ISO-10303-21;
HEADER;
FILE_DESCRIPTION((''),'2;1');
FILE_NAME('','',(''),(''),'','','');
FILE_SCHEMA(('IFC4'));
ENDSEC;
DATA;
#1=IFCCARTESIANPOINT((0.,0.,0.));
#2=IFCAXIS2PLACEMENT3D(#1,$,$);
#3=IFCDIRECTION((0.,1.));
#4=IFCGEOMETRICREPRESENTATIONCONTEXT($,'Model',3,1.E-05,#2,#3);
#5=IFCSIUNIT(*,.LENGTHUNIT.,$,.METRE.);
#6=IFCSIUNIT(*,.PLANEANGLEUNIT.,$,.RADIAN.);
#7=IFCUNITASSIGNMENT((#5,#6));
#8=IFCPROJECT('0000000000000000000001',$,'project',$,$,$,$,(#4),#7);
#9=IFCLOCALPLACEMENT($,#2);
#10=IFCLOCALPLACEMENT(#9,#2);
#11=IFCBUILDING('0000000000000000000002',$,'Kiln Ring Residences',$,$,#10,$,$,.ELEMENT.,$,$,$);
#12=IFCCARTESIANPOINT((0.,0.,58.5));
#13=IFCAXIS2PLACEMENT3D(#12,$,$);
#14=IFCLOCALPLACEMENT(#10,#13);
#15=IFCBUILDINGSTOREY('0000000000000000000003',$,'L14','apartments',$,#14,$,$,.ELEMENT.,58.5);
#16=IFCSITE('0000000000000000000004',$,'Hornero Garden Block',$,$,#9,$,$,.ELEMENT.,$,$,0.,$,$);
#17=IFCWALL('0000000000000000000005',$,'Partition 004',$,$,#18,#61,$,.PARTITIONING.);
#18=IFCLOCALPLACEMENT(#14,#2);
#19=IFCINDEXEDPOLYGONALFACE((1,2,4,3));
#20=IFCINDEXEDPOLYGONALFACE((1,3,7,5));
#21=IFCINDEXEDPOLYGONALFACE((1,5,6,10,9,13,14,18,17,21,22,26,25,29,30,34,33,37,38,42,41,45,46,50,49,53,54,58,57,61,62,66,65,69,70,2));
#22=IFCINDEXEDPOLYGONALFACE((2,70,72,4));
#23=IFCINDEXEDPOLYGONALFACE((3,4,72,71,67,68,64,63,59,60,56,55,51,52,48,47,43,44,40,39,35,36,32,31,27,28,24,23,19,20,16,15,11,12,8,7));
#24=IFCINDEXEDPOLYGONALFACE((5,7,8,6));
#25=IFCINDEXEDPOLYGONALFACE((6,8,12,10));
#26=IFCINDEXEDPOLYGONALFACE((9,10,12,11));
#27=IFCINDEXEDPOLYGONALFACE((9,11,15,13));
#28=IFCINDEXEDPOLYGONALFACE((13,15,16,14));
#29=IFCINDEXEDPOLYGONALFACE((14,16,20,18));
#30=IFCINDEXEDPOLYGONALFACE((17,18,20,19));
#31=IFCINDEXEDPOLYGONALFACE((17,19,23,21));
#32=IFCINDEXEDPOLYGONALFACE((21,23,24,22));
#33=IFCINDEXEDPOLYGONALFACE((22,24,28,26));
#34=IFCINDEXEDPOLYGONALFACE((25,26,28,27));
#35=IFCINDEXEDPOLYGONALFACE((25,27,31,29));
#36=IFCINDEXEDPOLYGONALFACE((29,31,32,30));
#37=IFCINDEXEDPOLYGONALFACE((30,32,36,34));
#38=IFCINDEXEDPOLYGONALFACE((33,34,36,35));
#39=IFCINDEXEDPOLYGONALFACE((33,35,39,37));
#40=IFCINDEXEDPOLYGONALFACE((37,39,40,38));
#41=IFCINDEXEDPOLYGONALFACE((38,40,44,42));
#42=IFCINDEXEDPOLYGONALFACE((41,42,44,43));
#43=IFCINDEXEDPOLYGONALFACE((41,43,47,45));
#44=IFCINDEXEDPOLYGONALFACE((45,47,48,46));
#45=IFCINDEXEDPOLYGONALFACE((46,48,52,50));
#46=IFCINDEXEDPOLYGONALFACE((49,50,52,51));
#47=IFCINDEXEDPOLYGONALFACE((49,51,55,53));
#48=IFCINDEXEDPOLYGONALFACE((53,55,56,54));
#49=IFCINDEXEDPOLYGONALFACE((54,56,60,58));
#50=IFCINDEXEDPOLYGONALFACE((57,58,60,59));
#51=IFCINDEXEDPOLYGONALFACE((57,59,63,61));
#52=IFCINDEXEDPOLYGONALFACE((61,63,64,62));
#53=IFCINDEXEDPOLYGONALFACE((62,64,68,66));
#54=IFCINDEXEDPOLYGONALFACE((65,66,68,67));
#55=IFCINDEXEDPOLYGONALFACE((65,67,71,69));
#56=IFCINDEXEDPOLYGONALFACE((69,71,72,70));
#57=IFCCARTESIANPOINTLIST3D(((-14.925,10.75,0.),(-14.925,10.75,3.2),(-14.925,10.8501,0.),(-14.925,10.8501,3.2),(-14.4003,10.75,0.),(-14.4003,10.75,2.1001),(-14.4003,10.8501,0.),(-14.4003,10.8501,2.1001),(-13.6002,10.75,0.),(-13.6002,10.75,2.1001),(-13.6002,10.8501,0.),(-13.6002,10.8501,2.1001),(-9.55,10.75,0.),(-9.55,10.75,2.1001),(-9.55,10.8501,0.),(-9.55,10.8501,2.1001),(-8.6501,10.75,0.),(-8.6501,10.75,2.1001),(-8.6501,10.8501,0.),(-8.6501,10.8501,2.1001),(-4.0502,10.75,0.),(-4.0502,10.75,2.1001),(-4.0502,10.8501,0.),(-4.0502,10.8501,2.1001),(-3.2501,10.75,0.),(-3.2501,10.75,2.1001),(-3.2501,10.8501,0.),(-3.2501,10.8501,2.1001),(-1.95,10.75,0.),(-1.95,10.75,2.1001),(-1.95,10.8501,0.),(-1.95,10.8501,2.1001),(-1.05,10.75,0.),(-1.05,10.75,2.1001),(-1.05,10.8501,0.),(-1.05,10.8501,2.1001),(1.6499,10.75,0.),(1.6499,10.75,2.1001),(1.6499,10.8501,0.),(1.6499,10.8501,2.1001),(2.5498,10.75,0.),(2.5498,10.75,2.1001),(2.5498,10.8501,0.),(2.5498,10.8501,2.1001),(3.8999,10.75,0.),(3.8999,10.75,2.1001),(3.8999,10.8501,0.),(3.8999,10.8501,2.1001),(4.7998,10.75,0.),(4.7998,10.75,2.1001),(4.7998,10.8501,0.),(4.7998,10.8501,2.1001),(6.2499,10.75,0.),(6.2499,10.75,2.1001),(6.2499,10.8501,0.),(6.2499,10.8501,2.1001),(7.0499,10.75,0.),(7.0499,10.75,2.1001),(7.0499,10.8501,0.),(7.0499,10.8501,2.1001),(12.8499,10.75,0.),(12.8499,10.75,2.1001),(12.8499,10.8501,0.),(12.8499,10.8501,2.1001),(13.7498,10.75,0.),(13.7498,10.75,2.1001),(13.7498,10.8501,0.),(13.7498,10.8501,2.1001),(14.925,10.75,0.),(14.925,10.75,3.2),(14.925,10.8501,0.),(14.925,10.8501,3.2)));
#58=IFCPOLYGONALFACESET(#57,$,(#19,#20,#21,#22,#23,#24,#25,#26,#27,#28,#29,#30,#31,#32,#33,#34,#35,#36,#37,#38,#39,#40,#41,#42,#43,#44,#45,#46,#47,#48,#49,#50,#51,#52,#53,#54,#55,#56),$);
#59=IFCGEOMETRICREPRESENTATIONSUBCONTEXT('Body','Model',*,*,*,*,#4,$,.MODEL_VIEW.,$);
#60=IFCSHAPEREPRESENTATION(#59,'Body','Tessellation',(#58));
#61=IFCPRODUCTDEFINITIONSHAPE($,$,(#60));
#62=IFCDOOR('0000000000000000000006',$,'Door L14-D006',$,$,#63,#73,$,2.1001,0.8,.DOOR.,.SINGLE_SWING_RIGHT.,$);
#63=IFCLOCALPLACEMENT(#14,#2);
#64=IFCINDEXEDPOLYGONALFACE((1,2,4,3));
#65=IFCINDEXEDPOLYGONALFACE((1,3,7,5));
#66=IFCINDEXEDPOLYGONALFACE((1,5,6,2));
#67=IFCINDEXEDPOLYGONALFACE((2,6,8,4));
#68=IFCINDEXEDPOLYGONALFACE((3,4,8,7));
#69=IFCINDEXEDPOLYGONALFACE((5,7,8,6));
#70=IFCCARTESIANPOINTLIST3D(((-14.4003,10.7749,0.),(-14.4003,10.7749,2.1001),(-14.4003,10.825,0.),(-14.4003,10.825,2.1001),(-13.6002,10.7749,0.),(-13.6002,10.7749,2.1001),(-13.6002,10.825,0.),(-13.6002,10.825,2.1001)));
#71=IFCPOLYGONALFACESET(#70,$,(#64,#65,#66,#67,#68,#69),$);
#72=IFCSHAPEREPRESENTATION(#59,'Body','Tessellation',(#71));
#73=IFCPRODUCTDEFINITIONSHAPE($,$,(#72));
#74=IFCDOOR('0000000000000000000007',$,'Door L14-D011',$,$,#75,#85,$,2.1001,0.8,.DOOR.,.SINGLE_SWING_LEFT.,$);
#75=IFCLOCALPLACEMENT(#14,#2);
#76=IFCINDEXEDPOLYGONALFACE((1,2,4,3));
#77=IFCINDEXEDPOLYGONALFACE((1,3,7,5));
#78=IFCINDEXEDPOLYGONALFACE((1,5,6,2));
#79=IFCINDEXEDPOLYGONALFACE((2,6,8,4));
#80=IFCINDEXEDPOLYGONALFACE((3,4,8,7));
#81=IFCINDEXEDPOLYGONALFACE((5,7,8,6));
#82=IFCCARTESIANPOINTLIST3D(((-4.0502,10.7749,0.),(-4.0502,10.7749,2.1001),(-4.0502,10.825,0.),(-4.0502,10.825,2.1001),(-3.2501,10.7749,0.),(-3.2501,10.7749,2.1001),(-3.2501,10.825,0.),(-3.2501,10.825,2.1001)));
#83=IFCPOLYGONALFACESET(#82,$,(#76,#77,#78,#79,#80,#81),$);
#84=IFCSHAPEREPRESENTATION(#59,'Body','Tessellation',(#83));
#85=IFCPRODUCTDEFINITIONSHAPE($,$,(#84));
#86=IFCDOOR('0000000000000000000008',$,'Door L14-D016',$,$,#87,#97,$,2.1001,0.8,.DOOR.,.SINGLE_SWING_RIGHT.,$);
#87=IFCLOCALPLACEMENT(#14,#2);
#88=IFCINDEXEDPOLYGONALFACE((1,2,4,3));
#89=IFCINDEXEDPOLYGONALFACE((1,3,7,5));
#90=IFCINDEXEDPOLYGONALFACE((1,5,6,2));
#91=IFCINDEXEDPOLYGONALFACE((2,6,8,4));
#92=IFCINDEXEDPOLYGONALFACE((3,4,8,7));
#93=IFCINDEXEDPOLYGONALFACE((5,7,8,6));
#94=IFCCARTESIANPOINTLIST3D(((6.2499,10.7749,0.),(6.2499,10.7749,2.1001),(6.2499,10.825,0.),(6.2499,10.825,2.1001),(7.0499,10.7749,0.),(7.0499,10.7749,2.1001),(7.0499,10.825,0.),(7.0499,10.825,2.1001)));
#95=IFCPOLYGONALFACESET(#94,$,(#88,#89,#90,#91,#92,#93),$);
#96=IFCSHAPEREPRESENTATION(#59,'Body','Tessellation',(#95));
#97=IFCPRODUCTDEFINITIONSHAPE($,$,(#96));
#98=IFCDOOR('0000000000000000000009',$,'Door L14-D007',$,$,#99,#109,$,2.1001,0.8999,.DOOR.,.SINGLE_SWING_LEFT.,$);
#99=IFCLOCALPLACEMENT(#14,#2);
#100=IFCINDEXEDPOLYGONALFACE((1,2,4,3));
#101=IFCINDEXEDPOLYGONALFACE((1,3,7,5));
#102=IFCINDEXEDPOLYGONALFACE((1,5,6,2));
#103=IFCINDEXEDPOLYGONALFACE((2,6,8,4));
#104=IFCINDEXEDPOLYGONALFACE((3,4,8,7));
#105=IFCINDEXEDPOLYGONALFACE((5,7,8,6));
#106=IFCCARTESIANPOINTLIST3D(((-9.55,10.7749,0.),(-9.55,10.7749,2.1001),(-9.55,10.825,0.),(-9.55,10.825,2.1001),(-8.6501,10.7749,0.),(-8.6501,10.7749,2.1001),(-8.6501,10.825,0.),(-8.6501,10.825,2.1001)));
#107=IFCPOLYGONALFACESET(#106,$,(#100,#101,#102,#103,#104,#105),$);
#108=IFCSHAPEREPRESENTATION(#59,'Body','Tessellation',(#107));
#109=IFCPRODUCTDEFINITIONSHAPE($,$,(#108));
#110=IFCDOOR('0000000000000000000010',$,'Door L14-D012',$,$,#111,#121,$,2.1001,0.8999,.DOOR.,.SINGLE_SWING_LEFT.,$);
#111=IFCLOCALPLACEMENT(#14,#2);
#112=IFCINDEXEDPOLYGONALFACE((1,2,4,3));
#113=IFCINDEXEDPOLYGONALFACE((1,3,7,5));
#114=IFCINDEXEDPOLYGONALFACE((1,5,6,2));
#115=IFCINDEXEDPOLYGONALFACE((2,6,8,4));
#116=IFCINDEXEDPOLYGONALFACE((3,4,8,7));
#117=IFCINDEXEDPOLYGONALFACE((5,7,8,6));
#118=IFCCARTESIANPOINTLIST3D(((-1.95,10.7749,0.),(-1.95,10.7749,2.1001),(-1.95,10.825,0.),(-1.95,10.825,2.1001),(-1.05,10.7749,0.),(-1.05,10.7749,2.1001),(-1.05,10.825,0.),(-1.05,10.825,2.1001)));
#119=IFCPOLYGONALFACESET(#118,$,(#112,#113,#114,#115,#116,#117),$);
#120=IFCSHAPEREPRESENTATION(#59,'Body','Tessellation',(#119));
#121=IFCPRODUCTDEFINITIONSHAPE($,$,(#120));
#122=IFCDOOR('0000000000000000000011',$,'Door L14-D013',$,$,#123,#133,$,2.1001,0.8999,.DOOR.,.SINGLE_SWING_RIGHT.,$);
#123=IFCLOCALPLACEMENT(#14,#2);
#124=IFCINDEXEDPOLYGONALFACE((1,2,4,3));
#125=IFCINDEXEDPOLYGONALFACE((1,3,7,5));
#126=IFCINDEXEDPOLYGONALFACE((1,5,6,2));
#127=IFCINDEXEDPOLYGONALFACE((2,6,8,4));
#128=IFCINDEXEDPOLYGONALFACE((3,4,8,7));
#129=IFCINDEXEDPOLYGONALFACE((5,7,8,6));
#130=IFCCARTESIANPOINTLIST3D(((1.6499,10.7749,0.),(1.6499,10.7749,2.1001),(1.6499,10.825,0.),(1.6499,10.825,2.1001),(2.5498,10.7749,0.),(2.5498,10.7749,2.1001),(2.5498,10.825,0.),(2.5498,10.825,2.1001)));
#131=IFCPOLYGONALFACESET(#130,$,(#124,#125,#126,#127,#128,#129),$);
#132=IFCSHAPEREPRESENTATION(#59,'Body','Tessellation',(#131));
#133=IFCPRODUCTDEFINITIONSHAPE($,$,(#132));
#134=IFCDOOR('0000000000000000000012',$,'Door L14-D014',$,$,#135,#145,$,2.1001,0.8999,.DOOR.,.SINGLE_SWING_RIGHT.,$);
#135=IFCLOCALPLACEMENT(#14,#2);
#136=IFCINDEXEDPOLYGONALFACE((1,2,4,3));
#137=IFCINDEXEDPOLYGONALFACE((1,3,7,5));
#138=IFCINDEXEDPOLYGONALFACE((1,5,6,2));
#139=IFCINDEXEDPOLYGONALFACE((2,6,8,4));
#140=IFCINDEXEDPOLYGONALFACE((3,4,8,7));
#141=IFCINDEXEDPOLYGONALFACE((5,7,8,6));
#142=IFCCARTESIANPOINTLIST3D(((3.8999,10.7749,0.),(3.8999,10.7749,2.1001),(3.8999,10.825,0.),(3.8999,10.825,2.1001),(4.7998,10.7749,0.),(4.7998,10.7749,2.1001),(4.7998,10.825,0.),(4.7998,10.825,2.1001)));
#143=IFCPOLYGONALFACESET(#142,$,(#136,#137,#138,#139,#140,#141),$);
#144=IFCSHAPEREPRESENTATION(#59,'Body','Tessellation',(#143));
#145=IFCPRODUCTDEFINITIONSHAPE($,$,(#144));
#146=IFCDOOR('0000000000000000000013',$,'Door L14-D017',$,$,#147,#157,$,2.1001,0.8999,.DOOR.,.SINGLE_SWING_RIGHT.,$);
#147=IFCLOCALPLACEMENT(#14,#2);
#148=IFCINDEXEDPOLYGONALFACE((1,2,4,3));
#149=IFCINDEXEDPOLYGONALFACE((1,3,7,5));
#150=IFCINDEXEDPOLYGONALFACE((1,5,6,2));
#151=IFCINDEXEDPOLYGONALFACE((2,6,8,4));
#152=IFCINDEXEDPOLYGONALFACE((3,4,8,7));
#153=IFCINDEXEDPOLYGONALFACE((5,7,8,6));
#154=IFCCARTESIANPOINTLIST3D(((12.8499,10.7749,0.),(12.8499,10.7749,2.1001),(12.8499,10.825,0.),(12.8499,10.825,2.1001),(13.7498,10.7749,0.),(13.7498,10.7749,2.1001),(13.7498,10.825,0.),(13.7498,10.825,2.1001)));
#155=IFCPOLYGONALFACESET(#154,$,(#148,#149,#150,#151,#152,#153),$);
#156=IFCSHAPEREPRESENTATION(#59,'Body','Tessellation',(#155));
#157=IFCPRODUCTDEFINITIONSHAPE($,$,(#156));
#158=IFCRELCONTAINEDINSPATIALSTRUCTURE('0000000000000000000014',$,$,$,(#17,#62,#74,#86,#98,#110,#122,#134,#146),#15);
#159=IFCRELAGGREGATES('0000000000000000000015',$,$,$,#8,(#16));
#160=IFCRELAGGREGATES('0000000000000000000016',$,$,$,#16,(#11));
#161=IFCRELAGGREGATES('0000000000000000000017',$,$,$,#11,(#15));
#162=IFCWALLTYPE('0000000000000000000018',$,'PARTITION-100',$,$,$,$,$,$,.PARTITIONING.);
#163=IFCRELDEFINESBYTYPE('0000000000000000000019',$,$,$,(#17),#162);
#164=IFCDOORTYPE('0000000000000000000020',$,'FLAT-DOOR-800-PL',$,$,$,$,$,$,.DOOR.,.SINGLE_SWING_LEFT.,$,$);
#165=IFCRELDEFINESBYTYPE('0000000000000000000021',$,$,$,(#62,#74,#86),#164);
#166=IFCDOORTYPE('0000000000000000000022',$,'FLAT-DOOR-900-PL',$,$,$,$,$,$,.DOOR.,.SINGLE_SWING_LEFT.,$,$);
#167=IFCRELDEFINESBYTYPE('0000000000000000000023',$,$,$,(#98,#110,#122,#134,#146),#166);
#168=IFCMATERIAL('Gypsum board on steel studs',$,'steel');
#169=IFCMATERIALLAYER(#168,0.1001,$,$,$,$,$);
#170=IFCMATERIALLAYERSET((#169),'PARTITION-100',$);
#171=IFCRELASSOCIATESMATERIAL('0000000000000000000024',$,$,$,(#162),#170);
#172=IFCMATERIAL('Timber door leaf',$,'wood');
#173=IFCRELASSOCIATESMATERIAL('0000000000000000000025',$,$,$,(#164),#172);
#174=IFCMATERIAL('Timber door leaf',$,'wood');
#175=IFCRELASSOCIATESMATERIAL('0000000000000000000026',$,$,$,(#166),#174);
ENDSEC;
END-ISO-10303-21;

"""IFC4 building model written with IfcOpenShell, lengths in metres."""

from ifc_helpers import new_model, si_unit, direction, frame, frame_2d, origin, place, context, subcontext, project, spatial, rectangle, extrude, material, layer, layer_set, type_object, element, fill, save


model = new_model("IFC4")

# Units and contexts
model_context = context("Model", 3, precision=1e-05, world=origin(), true_north=direction((0.0, 1.0)))
body_context = subcontext(model_context, "Body", "Model", "MODEL_VIEW")
ifc_project = project(units=[si_unit("LENGTHUNIT", "METRE"), si_unit("PLANEANGLEUNIT", "RADIAN")], contexts=[model_context])

# Site, building, storey
site_placement = place(None, origin())
site = spatial("IfcSite", under=ifc_project, at=site_placement, Name="Hornero Garden Block", CompositionType="ELEMENT", RefElevation=0.0)
building_placement = place(site_placement, origin())
building = spatial("IfcBuilding", under=site, at=building_placement, Name="Kiln Ring Residences", CompositionType="ELEMENT")
storey_placement = place(building_placement, frame((0.0, 0.0, 58.5)))
storey = spatial("IfcBuildingStorey", under=building, at=storey_placement, Name="L14", Description="apartments", CompositionType="ELEMENT", Elevation=58.5)

# Wall, openings, doors
ifc_material_1 = material(Name="Gypsum board on steel studs", Category="steel")
ifc_layer_1 = layer(ifc_material_1, 0.1001)
ifc_layer_set_1 = layer_set([ifc_layer_1], Name="PARTITION-100")
wall_type_1 = type_object("IfcWallType", Name="PARTITION-100", PredefinedType="PARTITIONING", material=ifc_layer_set_1)
wall_1_placement = place(storey_placement, frame((-14.925, 10.8, 0.0), z_axis=(0.0, 0.0, 1.0), x_axis=(1.0, 0.0, 0.0)))
wall_1 = element("IfcWall", 1, at=wall_1_placement, inside=storey, type_object=wall_type_1, Name="Partition 004", PredefinedType="PARTITIONING", context=body_context, shape_type="SweptSolid", body=[
    extrude(rectangle(XDim=29.8501, YDim=0.1001, at=frame_2d((14.925, 0.0))), origin(), (0.0, 0.0, 1.0), 3.2),
])
opening_1_placement = place(wall_1_placement, frame((0.5249, 0.0, 0.0)))
opening_1 = element("IfcOpeningElement", 2, at=opening_1_placement, cuts=wall_1, PredefinedType="OPENING", context=body_context, shape_type="SweptSolid", body=[
    extrude(rectangle(XDim=0.8, YDim=2.1001, at=frame_2d((0.3999, 1.05))), frame((0.0, 0.0601, 0.0), z_axis=(0.0, -1.0, 0.0), x_axis=(1.0, 0.0, 0.0)), (0.0, 0.0, 1.0), 0.1201),
])
opening_2_placement = place(wall_1_placement, frame((5.375, 0.0, 0.0)))
opening_2 = element("IfcOpeningElement", 3, at=opening_2_placement, cuts=wall_1, PredefinedType="OPENING", context=body_context, shape_type="SweptSolid", body=[
    extrude(rectangle(XDim=0.8999, YDim=2.1001, at=frame_2d((0.45, 1.05))), frame((0.0, 0.0601, 0.0), z_axis=(0.0, -1.0, 0.0), x_axis=(1.0, 0.0, 0.0)), (0.0, 0.0, 1.0), 0.1201),
])
opening_3_placement = place(wall_1_placement, frame((10.875, 0.0, 0.0)))
opening_3 = element("IfcOpeningElement", 4, at=opening_3_placement, cuts=wall_1, PredefinedType="OPENING", context=body_context, shape_type="SweptSolid", body=[
    extrude(rectangle(XDim=0.8, YDim=2.1001, at=frame_2d((0.3999, 1.05))), frame((0.0, 0.0601, 0.0), z_axis=(0.0, -1.0, 0.0), x_axis=(1.0, 0.0, 0.0)), (0.0, 0.0, 1.0), 0.1201),
])
opening_4_placement = place(wall_1_placement, frame((12.9751, 0.0, 0.0)))
opening_4 = element("IfcOpeningElement", 5, at=opening_4_placement, cuts=wall_1, PredefinedType="OPENING", context=body_context, shape_type="SweptSolid", body=[
    extrude(rectangle(XDim=0.8999, YDim=2.1001, at=frame_2d((0.45, 1.05))), frame((0.0, 0.0601, 0.0), z_axis=(0.0, -1.0, 0.0), x_axis=(1.0, 0.0, 0.0)), (0.0, 0.0, 1.0), 0.1201),
])
opening_5_placement = place(wall_1_placement, frame((16.575, 0.0, 0.0)))
opening_5 = element("IfcOpeningElement", 6, at=opening_5_placement, cuts=wall_1, PredefinedType="OPENING", context=body_context, shape_type="SweptSolid", body=[
    extrude(rectangle(XDim=0.8999, YDim=2.1001, at=frame_2d((0.45, 1.05))), frame((0.0, 0.0601, 0.0), z_axis=(0.0, -1.0, 0.0), x_axis=(1.0, 0.0, 0.0)), (0.0, 0.0, 1.0), 0.1201),
])
opening_6_placement = place(wall_1_placement, frame((18.825, 0.0, 0.0)))
opening_6 = element("IfcOpeningElement", 7, at=opening_6_placement, cuts=wall_1, PredefinedType="OPENING", context=body_context, shape_type="SweptSolid", body=[
    extrude(rectangle(XDim=0.8999, YDim=2.1001, at=frame_2d((0.45, 1.05))), frame((0.0, 0.0601, 0.0), z_axis=(0.0, -1.0, 0.0), x_axis=(1.0, 0.0, 0.0)), (0.0, 0.0, 1.0), 0.1201),
])
opening_7_placement = place(wall_1_placement, frame((21.175, 0.0, 0.0)))
opening_7 = element("IfcOpeningElement", 8, at=opening_7_placement, cuts=wall_1, PredefinedType="OPENING", context=body_context, shape_type="SweptSolid", body=[
    extrude(rectangle(XDim=0.8, YDim=2.1001, at=frame_2d((0.3999, 1.05))), frame((0.0, 0.0601, 0.0), z_axis=(0.0, -1.0, 0.0), x_axis=(1.0, 0.0, 0.0)), (0.0, 0.0, 1.0), 0.1201),
])
opening_8_placement = place(wall_1_placement, frame((27.7749, 0.0, 0.0)))
opening_8 = element("IfcOpeningElement", 9, at=opening_8_placement, cuts=wall_1, PredefinedType="OPENING", context=body_context, shape_type="SweptSolid", body=[
    extrude(rectangle(XDim=0.8999, YDim=2.1001, at=frame_2d((0.45, 1.05))), frame((0.0, 0.0601, 0.0), z_axis=(0.0, -1.0, 0.0), x_axis=(1.0, 0.0, 0.0)), (0.0, 0.0, 1.0), 0.1201),
])
ifc_material_2 = material(Name="Timber door leaf", Category="wood")
door_type_1 = type_object("IfcDoorType", Name="FLAT-DOOR-800-PL", OperationType="SINGLE_SWING_LEFT", PredefinedType="DOOR", material=ifc_material_2)
door_1_placement = place(opening_1_placement, origin())
door_1 = element("IfcDoor", 10, at=door_1_placement, inside=storey, type_object=door_type_1, Name="Door L14-D006", OperationType="SINGLE_SWING_RIGHT", OverallHeight=2.1001, OverallWidth=0.8, PredefinedType="DOOR", context=body_context, shape_type="SweptSolid", body=[
    extrude(rectangle(XDim=0.8, YDim=2.1001, at=frame_2d((0.3999, 1.05))), frame((0.0, 0.0249, 0.0), z_axis=(0.0, -1.0, 0.0), x_axis=(1.0, 0.0, 0.0)), (0.0, 0.0, 1.0), 0.05),
])
fill(opening_1, door_1)
door_2_placement = place(opening_3_placement, origin())
door_2 = element("IfcDoor", 11, at=door_2_placement, inside=storey, type_object=door_type_1, Name="Door L14-D011", OperationType="SINGLE_SWING_LEFT", OverallHeight=2.1001, OverallWidth=0.8, PredefinedType="DOOR", context=body_context, shape_type="SweptSolid", body=[
    extrude(rectangle(XDim=0.8, YDim=2.1001, at=frame_2d((0.3999, 1.05))), frame((0.0, 0.0249, 0.0), z_axis=(0.0, -1.0, 0.0), x_axis=(1.0, 0.0, 0.0)), (0.0, 0.0, 1.0), 0.05),
])
fill(opening_3, door_2)
door_3_placement = place(opening_7_placement, origin())
door_3 = element("IfcDoor", 12, at=door_3_placement, inside=storey, type_object=door_type_1, Name="Door L14-D016", OperationType="SINGLE_SWING_RIGHT", OverallHeight=2.1001, OverallWidth=0.8, PredefinedType="DOOR", context=body_context, shape_type="SweptSolid", body=[
    extrude(rectangle(XDim=0.8, YDim=2.1001, at=frame_2d((0.3999, 1.05))), frame((0.0, 0.0249, 0.0), z_axis=(0.0, -1.0, 0.0), x_axis=(1.0, 0.0, 0.0)), (0.0, 0.0, 1.0), 0.05),
])
fill(opening_7, door_3)
ifc_material_3 = material(Name="Timber door leaf", Category="wood")
door_type_2 = type_object("IfcDoorType", Name="FLAT-DOOR-900-PL", OperationType="SINGLE_SWING_LEFT", PredefinedType="DOOR", material=ifc_material_3)
door_4_placement = place(opening_2_placement, origin())
door_4 = element("IfcDoor", 13, at=door_4_placement, inside=storey, type_object=door_type_2, Name="Door L14-D007", OperationType="SINGLE_SWING_LEFT", OverallHeight=2.1001, OverallWidth=0.8999, PredefinedType="DOOR", context=body_context, shape_type="SweptSolid", body=[
    extrude(rectangle(XDim=0.8999, YDim=2.1001, at=frame_2d((0.45, 1.05))), frame((0.0, 0.0249, 0.0), z_axis=(0.0, -1.0, 0.0), x_axis=(1.0, 0.0, 0.0)), (0.0, 0.0, 1.0), 0.05),
])
fill(opening_2, door_4)
door_5_placement = place(opening_4_placement, origin())
door_5 = element("IfcDoor", 14, at=door_5_placement, inside=storey, type_object=door_type_2, Name="Door L14-D012", OperationType="SINGLE_SWING_LEFT", OverallHeight=2.1001, OverallWidth=0.8999, PredefinedType="DOOR", context=body_context, shape_type="SweptSolid", body=[
    extrude(rectangle(XDim=0.8999, YDim=2.1001, at=frame_2d((0.45, 1.05))), frame((0.0, 0.0249, 0.0), z_axis=(0.0, -1.0, 0.0), x_axis=(1.0, 0.0, 0.0)), (0.0, 0.0, 1.0), 0.05),
])
fill(opening_4, door_5)
door_6_placement = place(opening_5_placement, origin())
door_6 = element("IfcDoor", 15, at=door_6_placement, inside=storey, type_object=door_type_2, Name="Door L14-D013", OperationType="SINGLE_SWING_RIGHT", OverallHeight=2.1001, OverallWidth=0.8999, PredefinedType="DOOR", context=body_context, shape_type="SweptSolid", body=[
    extrude(rectangle(XDim=0.8999, YDim=2.1001, at=frame_2d((0.45, 1.05))), frame((0.0, 0.0249, 0.0), z_axis=(0.0, -1.0, 0.0), x_axis=(1.0, 0.0, 0.0)), (0.0, 0.0, 1.0), 0.05),
])
fill(opening_5, door_6)
door_7_placement = place(opening_6_placement, origin())
door_7 = element("IfcDoor", 16, at=door_7_placement, inside=storey, type_object=door_type_2, Name="Door L14-D014", OperationType="SINGLE_SWING_RIGHT", OverallHeight=2.1001, OverallWidth=0.8999, PredefinedType="DOOR", context=body_context, shape_type="SweptSolid", body=[
    extrude(rectangle(XDim=0.8999, YDim=2.1001, at=frame_2d((0.45, 1.05))), frame((0.0, 0.0249, 0.0), z_axis=(0.0, -1.0, 0.0), x_axis=(1.0, 0.0, 0.0)), (0.0, 0.0, 1.0), 0.05),
])
fill(opening_6, door_7)
door_8_placement = place(opening_8_placement, origin())
door_8 = element("IfcDoor", 17, at=door_8_placement, inside=storey, type_object=door_type_2, Name="Door L14-D017", OperationType="SINGLE_SWING_RIGHT", OverallHeight=2.1001, OverallWidth=0.8999, PredefinedType="DOOR", context=body_context, shape_type="SweptSolid", body=[
    extrude(rectangle(XDim=0.8999, YDim=2.1001, at=frame_2d((0.45, 1.05))), frame((0.0, 0.0249, 0.0), z_axis=(0.0, -1.0, 0.0), x_axis=(1.0, 0.0, 0.0)), (0.0, 0.0, 1.0), 0.05),
])
fill(opening_8, door_8)

save(model, "model.ifc")
